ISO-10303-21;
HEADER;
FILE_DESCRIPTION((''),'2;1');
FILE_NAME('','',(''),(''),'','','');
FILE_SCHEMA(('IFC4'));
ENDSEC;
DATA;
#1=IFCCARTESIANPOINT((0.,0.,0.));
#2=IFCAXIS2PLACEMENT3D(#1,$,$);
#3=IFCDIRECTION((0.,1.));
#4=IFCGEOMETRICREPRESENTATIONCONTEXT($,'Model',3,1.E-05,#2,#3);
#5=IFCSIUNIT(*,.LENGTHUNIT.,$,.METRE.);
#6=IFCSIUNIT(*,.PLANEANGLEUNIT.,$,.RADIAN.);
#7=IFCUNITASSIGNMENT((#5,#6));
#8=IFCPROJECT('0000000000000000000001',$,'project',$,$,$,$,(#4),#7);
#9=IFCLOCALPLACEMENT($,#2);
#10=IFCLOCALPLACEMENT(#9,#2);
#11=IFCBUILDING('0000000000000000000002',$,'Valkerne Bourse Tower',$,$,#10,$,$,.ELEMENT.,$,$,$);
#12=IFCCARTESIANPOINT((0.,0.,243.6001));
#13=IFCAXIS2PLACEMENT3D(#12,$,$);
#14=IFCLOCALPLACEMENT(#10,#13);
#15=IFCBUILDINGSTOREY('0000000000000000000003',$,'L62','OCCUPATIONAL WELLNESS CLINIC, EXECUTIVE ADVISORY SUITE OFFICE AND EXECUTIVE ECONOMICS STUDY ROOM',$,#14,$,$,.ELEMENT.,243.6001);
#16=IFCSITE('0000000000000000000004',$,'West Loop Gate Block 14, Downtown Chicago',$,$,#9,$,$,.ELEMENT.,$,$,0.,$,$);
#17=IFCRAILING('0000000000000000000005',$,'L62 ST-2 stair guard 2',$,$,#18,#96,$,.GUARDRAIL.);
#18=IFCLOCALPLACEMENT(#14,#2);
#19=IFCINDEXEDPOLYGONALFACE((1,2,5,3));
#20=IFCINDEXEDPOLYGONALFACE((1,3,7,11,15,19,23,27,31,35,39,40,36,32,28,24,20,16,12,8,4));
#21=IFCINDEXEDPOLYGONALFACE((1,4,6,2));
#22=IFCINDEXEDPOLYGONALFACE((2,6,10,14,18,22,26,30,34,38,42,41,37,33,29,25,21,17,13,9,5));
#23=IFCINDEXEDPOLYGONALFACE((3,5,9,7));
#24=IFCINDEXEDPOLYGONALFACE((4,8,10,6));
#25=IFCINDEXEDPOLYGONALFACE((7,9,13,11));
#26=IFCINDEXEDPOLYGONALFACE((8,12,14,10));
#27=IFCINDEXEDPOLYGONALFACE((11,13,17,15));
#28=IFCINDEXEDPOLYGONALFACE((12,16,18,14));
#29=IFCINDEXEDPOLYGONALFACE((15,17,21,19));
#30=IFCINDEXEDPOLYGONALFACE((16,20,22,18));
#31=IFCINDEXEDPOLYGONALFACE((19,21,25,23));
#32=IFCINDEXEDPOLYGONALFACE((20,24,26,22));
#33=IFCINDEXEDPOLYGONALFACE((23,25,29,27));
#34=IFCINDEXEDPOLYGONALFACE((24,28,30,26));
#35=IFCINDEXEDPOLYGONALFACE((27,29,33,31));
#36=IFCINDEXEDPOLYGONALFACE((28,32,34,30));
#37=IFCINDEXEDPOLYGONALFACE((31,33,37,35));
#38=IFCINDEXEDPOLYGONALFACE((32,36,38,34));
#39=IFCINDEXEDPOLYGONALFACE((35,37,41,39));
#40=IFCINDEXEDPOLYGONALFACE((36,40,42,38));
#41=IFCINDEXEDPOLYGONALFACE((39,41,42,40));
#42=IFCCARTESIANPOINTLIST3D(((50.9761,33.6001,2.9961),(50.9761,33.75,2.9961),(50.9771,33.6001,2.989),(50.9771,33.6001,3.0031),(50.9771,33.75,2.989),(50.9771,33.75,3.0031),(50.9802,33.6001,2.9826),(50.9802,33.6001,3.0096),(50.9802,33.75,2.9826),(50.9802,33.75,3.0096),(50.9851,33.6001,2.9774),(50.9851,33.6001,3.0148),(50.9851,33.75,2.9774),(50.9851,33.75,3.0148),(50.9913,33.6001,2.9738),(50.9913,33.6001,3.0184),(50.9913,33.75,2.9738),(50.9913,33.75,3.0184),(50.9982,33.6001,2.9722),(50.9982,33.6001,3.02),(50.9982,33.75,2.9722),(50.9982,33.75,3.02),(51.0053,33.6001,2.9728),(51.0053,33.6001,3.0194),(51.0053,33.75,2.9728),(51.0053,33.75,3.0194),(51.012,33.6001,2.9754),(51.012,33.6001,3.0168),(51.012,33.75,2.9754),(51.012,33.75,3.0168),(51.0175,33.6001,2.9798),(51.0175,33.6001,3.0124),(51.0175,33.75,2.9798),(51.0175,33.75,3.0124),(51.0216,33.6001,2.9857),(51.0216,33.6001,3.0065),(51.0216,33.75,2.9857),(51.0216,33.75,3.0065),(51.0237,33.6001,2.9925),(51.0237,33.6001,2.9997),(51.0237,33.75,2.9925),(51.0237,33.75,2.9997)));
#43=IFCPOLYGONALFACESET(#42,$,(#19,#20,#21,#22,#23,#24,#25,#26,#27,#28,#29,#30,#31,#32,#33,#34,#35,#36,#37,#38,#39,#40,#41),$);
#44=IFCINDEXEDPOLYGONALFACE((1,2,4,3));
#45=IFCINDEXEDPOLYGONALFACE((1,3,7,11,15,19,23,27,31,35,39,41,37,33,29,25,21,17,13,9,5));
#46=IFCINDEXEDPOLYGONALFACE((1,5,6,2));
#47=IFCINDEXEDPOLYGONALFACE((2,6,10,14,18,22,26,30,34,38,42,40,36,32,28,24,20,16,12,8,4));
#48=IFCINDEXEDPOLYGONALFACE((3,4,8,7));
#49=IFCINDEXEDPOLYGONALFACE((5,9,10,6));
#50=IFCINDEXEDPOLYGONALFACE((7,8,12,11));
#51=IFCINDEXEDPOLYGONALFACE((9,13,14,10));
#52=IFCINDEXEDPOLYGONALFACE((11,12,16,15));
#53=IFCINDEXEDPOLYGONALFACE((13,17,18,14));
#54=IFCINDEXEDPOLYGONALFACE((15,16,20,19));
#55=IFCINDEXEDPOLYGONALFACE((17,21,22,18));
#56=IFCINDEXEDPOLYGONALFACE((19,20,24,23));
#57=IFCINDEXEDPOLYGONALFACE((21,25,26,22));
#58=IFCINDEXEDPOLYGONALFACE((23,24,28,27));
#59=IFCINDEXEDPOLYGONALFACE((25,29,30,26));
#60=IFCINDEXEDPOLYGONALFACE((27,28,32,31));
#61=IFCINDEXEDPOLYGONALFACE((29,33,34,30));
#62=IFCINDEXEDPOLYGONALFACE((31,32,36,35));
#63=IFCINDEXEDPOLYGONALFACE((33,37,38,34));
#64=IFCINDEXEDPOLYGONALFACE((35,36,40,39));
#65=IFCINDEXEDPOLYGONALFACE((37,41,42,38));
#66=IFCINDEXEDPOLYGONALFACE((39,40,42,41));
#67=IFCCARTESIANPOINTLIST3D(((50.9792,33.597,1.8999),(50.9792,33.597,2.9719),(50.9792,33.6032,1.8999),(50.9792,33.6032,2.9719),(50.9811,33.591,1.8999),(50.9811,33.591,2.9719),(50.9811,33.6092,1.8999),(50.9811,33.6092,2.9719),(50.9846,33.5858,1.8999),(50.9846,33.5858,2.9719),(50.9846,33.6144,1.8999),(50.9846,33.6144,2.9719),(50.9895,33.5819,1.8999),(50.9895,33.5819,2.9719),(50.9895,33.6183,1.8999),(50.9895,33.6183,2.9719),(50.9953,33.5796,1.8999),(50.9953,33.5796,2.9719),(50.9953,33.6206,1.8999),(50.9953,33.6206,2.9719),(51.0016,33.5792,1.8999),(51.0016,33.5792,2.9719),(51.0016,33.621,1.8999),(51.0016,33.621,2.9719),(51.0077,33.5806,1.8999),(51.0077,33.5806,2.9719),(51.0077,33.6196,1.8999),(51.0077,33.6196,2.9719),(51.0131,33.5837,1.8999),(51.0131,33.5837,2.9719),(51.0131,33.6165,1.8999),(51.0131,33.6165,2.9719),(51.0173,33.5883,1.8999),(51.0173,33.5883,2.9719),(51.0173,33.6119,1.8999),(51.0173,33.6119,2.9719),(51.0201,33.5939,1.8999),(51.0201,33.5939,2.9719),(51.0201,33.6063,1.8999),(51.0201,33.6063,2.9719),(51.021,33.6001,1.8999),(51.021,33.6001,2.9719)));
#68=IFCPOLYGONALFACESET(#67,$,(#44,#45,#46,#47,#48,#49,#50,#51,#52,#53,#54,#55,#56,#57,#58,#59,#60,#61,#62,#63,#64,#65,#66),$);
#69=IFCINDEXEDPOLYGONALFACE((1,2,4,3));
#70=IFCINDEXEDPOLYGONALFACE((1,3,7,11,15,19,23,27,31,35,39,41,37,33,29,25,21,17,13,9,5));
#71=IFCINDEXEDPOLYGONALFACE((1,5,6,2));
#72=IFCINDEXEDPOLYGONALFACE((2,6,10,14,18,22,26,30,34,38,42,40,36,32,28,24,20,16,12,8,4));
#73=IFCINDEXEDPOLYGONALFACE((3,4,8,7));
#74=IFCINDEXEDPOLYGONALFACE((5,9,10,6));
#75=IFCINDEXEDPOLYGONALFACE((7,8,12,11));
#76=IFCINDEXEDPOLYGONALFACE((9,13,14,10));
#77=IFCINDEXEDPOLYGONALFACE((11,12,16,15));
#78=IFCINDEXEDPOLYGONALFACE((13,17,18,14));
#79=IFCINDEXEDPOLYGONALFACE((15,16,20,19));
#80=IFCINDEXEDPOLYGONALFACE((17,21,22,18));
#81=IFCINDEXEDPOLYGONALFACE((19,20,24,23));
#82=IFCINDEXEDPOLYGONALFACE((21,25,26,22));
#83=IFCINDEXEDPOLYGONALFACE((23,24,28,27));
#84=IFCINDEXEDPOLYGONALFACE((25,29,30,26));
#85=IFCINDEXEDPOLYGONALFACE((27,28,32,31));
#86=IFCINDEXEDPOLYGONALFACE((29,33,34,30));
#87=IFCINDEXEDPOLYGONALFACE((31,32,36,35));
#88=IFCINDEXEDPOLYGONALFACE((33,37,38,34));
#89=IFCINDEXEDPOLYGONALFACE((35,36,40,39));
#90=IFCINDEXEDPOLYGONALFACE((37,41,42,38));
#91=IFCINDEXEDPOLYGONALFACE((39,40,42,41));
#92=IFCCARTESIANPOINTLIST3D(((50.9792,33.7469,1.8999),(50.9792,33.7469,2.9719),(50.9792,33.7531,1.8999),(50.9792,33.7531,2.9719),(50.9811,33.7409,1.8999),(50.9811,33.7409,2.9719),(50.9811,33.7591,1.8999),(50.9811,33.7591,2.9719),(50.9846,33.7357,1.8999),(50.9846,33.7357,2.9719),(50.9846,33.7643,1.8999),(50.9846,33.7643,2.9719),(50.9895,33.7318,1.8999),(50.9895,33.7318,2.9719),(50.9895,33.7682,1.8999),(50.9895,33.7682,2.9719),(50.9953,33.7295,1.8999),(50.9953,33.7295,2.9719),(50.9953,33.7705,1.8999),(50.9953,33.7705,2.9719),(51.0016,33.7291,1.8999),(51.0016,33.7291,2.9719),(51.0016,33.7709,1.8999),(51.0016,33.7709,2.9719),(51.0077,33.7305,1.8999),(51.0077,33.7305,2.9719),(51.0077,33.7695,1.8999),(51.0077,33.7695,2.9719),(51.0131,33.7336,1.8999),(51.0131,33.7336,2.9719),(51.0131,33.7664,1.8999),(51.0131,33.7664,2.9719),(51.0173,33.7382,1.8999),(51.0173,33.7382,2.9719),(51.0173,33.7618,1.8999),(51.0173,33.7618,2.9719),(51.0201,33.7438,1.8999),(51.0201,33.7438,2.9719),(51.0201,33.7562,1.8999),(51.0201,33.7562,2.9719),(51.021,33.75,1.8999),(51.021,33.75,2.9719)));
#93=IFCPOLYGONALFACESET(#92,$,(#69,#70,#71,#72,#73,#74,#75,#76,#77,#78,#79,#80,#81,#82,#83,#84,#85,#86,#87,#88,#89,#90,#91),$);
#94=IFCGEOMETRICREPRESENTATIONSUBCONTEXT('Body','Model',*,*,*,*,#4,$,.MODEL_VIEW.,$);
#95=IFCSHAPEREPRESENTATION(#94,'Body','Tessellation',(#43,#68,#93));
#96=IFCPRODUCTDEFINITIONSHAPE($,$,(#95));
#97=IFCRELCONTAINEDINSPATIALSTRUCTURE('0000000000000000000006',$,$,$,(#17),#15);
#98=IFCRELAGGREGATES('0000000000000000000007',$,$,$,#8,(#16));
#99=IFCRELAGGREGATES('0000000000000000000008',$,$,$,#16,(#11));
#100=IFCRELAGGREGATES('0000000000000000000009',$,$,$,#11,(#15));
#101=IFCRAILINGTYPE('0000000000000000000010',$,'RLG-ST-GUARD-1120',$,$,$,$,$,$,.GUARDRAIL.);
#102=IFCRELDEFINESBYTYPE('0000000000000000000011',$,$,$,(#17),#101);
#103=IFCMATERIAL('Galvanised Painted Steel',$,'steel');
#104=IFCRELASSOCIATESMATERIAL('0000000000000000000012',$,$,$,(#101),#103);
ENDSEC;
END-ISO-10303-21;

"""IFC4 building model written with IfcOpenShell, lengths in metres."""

from ifc_helpers import new_model, si_unit, direction, frame, origin, origin_2d, place, context, subcontext, project, spatial, circle, extrude, material, type_object, element, save


model = new_model("IFC4")

# Units and contexts
model_context = context("Model", 3, precision=1e-05, world=origin(), true_north=direction((0.0, 1.0)))
body_context = subcontext(model_context, "Body", "Model", "MODEL_VIEW")
ifc_project = project(units=[si_unit("LENGTHUNIT", "METRE"), si_unit("PLANEANGLEUNIT", "RADIAN")], contexts=[model_context])

# Site, building, storey
site_placement = place(None, origin())
site = spatial("IfcSite", under=ifc_project, at=site_placement, Name="West Loop Gate Block 14, Downtown Chicago", CompositionType="ELEMENT", RefElevation=0.0)
building_placement = place(site_placement, origin())
building = spatial("IfcBuilding", under=site, at=building_placement, Name="Valkerne Bourse Tower", CompositionType="ELEMENT")
storey_placement = place(building_placement, frame((0.0, 0.0, 243.6001)))
storey = spatial("IfcBuildingStorey", under=building, at=storey_placement, Name="L62", Description="OCCUPATIONAL WELLNESS CLINIC, EXECUTIVE ADVISORY SUITE OFFICE AND EXECUTIVE ECONOMICS STUDY ROOM", CompositionType="ELEMENT", Elevation=243.6001)

# Shared definitions
ifc_material_1 = material(Name="Galvanised Painted Steel", Category="steel")

# Railing
railing_type_1 = type_object("IfcRailingType", Name="RLG-ST-GUARD-1120", PredefinedType="GUARDRAIL", material=ifc_material_1)
railing_1_placement = place(storey_placement, frame((51.0, 33.6001, 1.8999)))
element("IfcRailing", 1, at=railing_1_placement, inside=storey, type_object=railing_type_1, Name="L62 ST-2 stair guard 2", PredefinedType="GUARDRAIL", context=body_context, shape_type="SweptSolid", body=[
    extrude(circle(Radius=0.0239, at=origin_2d()), frame((0.0, 0.0, 1.0962), z_axis=(0.0, 1.0, 0.0), x_axis=(-1.0, 0.0, 0.0)), (0.0, 0.0, 1.0), 0.1499),
    extrude(circle(Radius=0.021, at=origin_2d()), origin(), (0.0, 0.0, 1.0), 1.072),
    extrude(circle(Radius=0.021, at=origin_2d()), frame((0.0, 0.1499, 0.0)), (0.0, 0.0, 1.0), 1.072),
])

save(model, "model.ifc")
